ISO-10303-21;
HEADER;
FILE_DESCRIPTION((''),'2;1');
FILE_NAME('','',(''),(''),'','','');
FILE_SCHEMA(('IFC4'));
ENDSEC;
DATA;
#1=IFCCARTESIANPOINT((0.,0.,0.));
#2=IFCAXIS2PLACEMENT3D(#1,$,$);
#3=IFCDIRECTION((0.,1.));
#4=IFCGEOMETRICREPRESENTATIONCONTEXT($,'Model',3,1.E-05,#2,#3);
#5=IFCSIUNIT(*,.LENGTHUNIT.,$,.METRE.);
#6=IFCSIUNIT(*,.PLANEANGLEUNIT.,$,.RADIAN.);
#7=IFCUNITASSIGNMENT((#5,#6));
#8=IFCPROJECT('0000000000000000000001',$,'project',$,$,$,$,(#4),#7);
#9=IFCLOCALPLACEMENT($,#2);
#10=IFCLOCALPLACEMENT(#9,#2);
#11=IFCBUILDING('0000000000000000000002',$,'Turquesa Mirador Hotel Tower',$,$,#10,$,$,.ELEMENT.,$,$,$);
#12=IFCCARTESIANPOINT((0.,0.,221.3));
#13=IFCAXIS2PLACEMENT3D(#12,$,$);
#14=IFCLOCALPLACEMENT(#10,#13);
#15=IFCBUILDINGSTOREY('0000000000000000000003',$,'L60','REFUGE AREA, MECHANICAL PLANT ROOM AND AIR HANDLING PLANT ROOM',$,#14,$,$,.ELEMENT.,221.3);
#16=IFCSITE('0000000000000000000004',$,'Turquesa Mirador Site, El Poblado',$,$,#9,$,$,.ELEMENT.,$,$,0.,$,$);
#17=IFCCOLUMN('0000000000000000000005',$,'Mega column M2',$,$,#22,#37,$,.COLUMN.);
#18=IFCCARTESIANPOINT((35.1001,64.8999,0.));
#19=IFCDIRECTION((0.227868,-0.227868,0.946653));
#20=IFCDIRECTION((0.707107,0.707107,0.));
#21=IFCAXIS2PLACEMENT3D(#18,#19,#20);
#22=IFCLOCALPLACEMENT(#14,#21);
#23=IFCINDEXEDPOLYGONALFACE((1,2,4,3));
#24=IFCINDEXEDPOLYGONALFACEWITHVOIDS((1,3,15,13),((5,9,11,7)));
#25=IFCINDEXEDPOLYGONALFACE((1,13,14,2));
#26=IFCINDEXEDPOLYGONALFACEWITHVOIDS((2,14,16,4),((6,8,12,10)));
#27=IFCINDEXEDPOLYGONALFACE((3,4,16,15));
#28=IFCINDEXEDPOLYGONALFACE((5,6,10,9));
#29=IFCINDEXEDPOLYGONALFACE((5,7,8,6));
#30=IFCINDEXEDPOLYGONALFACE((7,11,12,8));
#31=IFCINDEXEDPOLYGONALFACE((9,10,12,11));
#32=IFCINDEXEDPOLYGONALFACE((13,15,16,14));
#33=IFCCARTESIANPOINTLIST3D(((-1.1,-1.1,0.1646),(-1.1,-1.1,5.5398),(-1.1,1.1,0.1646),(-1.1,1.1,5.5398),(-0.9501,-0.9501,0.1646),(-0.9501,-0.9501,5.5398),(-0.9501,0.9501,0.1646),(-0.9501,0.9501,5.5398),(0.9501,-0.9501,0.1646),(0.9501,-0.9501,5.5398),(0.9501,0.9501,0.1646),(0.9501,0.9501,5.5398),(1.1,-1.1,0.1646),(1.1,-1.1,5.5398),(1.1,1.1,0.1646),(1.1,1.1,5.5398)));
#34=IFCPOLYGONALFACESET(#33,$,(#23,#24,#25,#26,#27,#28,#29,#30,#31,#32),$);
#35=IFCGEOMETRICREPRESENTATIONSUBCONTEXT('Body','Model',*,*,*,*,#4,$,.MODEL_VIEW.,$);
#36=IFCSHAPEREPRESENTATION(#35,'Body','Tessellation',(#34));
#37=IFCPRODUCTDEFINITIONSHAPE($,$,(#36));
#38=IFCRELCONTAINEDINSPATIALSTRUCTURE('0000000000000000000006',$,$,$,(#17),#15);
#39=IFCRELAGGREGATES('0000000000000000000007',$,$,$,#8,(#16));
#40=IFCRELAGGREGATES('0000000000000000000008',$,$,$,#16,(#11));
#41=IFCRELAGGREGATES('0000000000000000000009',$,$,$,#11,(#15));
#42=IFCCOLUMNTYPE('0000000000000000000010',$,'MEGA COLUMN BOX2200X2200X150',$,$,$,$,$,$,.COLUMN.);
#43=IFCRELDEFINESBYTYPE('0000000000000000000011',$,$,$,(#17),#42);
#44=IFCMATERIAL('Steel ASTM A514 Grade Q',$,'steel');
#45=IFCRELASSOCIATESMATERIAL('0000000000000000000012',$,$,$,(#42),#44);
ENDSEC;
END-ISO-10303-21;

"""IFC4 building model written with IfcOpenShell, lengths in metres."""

from ifc_helpers import new_model, si_unit, direction, frame, origin, origin_2d, place, context, subcontext, project, spatial, hollow_rectangle, extrude, clip, halfspace, material, material_profile, profile_set, type_object, element, save


model = new_model("IFC4")

# Units and contexts
model_context = context("Model", 3, precision=1e-05, world=origin(), true_north=direction((0.0, 1.0)))
body_context = subcontext(model_context, "Body", "Model", "MODEL_VIEW")
ifc_project = project(units=[si_unit("LENGTHUNIT", "METRE"), si_unit("PLANEANGLEUNIT", "RADIAN")], contexts=[model_context])

# Site, building, storey
site_placement = place(None, origin())
site = spatial("IfcSite", under=ifc_project, at=site_placement, Name="Turquesa Mirador Site, El Poblado", CompositionType="ELEMENT", RefElevation=0.0)
building_placement = place(site_placement, origin())
building = spatial("IfcBuilding", under=site, at=building_placement, Name="Turquesa Mirador Hotel Tower", CompositionType="ELEMENT")
storey_placement = place(building_placement, frame((0.0, 0.0, 221.3)))
storey = spatial("IfcBuildingStorey", under=building, at=storey_placement, Name="L60", Description="REFUGE AREA, MECHANICAL PLANT ROOM AND AIR HANDLING PLANT ROOM", CompositionType="ELEMENT", Elevation=221.3)

# Column
ifc_material_1 = material(Name="Steel ASTM A514 Grade Q", Category="steel")
ifc_material_profile_1 = material_profile(ifc_material_1, hollow_rectangle(XDim=2.2, YDim=2.2, WallThickness=0.1499, at=origin_2d()), Name="BOX2200X2200X150")
ifc_profile_set_1 = profile_set([ifc_material_profile_1], Name="Steel ASTM A514 Grade Q")
column_type = type_object("IfcColumnType", Name="MEGA COLUMN BOX2200X2200X150", PredefinedType="COLUMN", material=ifc_profile_set_1)
column_placement = place(storey_placement, frame((35.1001, 64.8999, 0.0), z_axis=(0.227868, -0.227868, 0.946653), x_axis=(0.707107, 0.707107, 0.0)))
element("IfcColumn", 1, at=column_placement, inside=storey, type_object=column_type, Name="Mega column M2", PredefinedType="COLUMN", context=body_context, shape_type="Clipping", body=[
    clip(clip(extrude(hollow_rectangle(XDim=2.2, YDim=2.2, WallThickness=0.1499, at=origin_2d()), origin(), (0.0, 0.0, 1.0), 5.7041), halfspace(frame((0.0, 0.0, 0.1646), z_axis=(0.0, 0.0, -1.0), x_axis=(1.0, 0.0, 0.0)), False)), halfspace(frame((0.0, 0.0, 5.5398), z_axis=(0.0, 0.0, 1.0), x_axis=(1.0, 0.0, 0.0)), False)),
])

save(model, "model.ifc")
